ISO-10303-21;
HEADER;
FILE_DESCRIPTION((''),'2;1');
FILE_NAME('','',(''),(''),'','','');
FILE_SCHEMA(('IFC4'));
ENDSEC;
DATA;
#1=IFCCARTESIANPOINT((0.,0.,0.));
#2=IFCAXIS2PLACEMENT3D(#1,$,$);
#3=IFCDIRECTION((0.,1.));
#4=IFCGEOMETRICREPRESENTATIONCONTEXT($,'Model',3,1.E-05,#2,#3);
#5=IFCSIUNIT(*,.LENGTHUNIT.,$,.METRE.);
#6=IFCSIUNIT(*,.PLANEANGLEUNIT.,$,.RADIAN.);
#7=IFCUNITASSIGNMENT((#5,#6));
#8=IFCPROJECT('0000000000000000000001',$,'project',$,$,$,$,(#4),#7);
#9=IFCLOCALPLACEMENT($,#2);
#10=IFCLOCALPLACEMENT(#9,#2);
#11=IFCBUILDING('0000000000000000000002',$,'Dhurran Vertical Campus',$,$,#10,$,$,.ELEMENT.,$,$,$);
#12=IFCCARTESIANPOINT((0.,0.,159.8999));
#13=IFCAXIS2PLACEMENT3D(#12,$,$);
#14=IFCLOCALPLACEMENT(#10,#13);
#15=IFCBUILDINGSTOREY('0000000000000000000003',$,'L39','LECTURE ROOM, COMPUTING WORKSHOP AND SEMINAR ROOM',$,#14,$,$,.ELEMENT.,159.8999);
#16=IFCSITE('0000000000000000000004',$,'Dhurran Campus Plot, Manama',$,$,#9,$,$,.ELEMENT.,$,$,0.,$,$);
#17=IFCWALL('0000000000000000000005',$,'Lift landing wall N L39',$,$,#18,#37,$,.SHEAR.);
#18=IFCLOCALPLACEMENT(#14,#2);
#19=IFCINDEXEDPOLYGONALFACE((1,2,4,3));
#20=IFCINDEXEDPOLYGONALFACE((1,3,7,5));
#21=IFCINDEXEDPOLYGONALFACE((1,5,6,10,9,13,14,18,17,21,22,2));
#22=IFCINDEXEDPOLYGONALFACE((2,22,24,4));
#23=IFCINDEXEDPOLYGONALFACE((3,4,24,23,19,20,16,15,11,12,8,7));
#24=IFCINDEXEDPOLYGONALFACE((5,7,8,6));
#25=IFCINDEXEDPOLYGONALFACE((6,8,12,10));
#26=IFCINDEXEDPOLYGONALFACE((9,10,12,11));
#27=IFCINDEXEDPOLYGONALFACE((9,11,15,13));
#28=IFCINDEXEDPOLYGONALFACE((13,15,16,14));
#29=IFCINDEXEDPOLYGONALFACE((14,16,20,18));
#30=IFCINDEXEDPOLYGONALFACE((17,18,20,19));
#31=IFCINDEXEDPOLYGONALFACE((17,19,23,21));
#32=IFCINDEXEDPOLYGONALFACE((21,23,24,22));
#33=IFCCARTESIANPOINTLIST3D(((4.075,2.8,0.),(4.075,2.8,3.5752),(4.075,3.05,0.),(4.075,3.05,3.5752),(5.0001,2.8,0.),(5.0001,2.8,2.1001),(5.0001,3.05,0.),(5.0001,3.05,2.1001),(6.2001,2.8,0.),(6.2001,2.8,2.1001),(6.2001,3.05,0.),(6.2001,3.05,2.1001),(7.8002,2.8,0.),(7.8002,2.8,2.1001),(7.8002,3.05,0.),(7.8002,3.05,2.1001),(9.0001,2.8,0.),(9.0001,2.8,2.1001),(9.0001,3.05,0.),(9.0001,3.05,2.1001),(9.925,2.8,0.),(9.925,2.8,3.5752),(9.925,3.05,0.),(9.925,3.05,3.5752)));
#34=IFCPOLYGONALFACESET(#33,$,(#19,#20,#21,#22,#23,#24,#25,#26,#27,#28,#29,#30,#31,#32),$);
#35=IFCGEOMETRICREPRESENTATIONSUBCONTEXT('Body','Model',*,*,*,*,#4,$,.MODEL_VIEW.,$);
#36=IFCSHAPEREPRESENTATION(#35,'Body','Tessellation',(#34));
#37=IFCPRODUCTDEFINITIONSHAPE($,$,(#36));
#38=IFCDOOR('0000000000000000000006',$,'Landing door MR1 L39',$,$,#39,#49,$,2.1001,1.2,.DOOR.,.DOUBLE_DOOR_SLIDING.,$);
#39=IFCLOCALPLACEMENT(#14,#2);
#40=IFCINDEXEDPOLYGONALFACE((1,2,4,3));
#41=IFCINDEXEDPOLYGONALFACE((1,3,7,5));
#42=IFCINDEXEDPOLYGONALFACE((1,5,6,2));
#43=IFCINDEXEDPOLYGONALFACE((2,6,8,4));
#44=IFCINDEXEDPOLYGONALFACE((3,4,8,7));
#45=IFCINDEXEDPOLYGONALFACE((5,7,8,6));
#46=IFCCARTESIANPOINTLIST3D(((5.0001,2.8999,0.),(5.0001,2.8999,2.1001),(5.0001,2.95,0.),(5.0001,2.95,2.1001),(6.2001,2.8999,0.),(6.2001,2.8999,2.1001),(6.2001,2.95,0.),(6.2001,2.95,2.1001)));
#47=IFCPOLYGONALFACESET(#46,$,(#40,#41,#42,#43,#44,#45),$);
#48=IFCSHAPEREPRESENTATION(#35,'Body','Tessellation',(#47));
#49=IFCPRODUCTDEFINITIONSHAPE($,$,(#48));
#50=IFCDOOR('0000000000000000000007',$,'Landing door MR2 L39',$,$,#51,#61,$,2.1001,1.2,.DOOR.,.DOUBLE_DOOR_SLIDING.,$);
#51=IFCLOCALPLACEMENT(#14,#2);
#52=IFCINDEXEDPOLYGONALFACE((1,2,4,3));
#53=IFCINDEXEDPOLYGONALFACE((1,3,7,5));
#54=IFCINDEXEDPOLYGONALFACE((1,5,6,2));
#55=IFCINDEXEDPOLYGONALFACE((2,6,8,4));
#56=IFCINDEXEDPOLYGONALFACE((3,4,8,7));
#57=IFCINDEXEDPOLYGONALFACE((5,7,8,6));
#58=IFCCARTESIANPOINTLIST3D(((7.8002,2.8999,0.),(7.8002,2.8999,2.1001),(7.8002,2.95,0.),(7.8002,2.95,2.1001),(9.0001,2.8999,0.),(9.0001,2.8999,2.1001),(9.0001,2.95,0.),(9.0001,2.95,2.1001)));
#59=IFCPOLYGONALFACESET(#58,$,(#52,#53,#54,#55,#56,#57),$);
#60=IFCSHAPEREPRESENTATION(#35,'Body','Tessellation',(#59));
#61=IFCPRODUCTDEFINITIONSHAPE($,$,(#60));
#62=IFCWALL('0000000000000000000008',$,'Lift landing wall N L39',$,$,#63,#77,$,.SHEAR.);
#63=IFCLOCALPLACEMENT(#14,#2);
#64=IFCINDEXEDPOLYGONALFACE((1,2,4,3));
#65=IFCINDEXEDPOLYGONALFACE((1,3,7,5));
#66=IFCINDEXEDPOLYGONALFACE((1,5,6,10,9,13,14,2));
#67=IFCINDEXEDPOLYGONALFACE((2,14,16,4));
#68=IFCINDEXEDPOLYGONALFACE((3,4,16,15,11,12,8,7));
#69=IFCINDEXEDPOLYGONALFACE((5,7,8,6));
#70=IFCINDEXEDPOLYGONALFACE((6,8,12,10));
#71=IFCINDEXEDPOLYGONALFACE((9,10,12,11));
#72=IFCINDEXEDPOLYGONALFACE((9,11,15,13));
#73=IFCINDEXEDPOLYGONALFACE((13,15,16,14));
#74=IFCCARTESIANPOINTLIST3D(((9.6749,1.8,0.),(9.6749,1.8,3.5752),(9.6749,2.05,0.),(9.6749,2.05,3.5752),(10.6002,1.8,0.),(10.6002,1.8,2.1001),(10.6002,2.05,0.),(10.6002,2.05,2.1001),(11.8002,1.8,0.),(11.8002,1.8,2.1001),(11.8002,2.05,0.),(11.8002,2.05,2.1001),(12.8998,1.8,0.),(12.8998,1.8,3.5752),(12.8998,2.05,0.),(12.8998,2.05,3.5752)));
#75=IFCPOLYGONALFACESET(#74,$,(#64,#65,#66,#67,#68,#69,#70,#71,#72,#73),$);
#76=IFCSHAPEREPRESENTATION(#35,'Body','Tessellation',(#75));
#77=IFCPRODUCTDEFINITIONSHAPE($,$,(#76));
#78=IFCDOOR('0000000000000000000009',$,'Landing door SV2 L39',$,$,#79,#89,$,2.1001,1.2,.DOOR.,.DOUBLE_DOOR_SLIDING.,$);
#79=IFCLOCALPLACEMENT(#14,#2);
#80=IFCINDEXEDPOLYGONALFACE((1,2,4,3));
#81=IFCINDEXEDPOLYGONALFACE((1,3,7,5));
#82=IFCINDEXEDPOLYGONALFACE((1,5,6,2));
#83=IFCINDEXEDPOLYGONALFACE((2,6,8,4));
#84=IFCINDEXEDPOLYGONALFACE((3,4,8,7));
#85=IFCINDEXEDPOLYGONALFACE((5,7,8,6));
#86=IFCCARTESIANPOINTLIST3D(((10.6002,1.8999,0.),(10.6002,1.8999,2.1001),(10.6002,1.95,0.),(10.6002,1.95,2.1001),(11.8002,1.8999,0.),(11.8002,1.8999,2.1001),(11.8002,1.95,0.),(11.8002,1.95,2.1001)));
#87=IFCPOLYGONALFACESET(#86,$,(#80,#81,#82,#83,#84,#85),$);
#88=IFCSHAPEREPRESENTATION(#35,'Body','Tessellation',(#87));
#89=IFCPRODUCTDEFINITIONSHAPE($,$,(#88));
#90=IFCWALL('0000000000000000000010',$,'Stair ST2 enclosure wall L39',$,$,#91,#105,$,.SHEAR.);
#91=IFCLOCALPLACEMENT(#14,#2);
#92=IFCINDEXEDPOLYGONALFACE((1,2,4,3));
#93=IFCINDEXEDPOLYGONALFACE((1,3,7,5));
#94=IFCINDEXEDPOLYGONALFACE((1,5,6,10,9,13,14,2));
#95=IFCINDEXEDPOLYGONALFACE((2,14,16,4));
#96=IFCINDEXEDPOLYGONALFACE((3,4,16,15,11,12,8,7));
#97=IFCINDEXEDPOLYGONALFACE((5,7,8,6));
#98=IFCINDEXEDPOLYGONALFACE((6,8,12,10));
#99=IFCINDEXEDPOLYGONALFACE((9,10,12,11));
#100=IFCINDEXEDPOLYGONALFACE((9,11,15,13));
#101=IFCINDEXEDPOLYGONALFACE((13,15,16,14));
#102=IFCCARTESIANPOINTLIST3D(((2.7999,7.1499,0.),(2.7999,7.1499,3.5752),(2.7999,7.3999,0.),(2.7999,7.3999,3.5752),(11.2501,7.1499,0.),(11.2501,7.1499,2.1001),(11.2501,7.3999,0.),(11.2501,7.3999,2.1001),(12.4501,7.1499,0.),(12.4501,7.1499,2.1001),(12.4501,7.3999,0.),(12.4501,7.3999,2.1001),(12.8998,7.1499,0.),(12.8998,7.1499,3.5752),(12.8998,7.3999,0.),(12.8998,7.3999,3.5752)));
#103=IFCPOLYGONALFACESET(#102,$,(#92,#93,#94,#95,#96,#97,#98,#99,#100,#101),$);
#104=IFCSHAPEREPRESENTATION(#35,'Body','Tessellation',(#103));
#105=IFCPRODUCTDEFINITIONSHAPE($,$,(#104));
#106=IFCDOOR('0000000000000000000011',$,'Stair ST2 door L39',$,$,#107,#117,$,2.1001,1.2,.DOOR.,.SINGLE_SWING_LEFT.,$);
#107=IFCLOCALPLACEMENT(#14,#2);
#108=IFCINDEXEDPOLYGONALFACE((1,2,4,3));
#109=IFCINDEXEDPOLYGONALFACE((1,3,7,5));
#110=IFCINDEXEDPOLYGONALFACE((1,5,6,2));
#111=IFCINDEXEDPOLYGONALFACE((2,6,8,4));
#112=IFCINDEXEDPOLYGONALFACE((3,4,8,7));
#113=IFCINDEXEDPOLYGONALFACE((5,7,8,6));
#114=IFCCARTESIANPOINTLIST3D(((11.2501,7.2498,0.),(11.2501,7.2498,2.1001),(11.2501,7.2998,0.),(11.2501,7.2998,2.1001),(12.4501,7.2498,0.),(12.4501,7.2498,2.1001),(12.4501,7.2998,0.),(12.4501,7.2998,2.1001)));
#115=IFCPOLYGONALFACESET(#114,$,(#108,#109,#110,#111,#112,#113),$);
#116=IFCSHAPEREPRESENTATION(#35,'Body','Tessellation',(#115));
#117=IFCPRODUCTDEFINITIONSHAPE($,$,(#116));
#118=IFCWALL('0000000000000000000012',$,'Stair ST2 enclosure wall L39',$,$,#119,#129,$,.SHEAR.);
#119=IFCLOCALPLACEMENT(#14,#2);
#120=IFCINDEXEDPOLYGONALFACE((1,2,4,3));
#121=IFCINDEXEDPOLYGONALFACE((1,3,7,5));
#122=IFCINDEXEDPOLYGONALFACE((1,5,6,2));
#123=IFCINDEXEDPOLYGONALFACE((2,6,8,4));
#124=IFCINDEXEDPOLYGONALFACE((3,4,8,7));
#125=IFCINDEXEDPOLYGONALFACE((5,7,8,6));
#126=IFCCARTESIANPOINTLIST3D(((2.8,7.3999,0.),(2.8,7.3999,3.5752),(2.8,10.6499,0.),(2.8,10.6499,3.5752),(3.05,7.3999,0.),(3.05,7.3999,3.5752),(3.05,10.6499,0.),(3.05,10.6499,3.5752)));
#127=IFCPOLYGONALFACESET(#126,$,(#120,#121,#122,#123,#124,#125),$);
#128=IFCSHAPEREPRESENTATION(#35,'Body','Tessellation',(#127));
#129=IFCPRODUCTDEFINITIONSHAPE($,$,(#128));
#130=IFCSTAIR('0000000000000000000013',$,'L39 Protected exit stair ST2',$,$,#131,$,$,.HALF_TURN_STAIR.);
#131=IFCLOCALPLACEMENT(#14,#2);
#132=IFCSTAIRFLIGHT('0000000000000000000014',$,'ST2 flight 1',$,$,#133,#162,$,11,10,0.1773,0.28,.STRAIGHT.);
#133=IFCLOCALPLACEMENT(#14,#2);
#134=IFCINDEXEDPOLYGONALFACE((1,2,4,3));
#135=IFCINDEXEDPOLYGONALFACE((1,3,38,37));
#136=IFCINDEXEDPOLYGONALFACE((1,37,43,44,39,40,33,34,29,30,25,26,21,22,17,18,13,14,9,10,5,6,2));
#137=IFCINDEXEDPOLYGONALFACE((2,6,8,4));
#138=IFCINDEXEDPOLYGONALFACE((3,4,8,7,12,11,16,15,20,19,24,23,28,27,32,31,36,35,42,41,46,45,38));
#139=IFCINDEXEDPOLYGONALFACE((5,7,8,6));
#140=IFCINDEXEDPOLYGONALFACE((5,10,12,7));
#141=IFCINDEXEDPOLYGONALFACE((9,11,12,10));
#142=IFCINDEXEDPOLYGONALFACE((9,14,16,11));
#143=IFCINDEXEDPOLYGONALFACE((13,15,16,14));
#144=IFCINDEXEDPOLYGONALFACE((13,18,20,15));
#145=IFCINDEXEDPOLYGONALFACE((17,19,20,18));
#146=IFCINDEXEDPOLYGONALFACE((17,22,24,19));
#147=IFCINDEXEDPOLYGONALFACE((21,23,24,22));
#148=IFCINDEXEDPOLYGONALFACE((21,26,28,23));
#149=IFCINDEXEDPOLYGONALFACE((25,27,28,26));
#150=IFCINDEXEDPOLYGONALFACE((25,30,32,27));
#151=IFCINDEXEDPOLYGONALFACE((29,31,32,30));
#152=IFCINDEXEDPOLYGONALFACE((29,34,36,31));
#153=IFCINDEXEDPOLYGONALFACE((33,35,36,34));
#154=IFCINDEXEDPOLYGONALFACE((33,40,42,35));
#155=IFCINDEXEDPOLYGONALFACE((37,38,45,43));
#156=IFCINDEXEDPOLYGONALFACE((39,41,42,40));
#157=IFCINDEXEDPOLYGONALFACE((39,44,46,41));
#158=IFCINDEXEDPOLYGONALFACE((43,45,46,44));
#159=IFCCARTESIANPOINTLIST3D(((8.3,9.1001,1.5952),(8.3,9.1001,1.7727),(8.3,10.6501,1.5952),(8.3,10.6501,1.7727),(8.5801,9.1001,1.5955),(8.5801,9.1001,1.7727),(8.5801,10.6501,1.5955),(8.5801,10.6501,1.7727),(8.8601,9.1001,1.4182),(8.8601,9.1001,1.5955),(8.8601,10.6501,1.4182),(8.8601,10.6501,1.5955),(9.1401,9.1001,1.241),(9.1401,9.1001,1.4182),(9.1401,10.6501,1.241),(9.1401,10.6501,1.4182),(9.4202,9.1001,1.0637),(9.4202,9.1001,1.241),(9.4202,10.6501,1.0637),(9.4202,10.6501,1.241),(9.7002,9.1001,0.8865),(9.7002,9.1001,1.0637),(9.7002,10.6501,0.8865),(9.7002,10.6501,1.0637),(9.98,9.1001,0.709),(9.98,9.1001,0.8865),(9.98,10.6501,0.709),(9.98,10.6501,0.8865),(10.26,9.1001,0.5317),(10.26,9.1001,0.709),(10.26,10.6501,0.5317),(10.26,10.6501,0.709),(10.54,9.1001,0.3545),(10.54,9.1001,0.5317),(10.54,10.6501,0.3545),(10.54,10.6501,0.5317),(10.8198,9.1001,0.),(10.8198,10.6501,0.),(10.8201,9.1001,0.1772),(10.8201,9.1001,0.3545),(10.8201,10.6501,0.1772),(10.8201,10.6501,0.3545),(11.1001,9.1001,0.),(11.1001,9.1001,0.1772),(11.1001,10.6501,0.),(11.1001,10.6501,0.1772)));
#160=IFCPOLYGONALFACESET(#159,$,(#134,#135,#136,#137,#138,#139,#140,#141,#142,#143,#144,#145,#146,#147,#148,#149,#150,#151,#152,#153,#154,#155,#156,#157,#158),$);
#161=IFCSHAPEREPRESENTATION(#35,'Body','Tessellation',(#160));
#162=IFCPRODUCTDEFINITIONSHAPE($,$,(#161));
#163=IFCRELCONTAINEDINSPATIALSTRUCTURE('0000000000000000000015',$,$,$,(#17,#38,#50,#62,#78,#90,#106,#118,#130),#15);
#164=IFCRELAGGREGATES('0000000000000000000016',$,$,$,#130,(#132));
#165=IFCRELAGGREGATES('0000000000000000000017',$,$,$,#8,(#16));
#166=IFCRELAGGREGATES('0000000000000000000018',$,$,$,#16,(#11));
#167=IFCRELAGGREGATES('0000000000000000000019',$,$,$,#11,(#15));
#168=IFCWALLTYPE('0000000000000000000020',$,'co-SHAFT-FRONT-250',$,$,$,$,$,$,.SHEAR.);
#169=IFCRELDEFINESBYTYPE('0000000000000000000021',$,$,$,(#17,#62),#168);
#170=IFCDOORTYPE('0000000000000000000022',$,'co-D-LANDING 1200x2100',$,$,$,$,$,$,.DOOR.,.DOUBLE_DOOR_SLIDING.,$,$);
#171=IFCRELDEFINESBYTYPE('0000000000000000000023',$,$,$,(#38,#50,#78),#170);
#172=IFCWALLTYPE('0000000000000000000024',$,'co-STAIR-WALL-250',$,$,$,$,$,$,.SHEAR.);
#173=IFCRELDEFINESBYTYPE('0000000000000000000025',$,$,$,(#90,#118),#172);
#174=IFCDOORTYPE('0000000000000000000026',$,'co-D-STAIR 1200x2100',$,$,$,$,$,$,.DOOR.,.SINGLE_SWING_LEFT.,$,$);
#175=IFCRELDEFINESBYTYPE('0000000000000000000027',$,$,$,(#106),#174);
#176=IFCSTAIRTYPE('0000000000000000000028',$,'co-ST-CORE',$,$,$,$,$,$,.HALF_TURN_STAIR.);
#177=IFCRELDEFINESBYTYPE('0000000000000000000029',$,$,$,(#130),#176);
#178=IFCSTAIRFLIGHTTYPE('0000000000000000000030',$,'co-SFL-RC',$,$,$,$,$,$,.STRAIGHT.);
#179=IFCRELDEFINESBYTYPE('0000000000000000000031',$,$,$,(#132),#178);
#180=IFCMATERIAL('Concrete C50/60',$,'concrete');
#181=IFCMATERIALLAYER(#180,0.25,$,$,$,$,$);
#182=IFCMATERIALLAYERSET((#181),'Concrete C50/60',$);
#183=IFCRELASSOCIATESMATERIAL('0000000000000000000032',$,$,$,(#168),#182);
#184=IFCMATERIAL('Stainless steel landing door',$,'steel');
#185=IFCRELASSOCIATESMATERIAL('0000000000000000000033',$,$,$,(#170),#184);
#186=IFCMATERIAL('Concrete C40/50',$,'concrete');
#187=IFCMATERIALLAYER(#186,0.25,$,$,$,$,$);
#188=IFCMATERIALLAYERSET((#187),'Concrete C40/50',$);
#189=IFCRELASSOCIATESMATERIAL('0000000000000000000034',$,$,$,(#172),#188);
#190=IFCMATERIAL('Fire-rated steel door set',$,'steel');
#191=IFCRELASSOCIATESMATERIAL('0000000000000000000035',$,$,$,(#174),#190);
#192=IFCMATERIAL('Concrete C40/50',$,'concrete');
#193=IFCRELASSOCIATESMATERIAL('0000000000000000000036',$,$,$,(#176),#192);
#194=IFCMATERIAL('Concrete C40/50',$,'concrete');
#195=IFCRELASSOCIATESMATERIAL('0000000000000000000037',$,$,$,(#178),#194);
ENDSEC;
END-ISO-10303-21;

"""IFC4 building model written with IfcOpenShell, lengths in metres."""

from ifc_helpers import new_model, si_unit, direction, frame, frame_2d, origin, place, context, subcontext, project, spatial, polyline, rectangle, outline, extrude, material, layer, layer_set, type_object, element, fill, aggregate, save


model = new_model("IFC4")

# Units and contexts
model_context = context("Model", 3, precision=1e-05, world=origin(), true_north=direction((0.0, 1.0)))
body_context = subcontext(model_context, "Body", "Model", "MODEL_VIEW")
ifc_project = project(units=[si_unit("LENGTHUNIT", "METRE"), si_unit("PLANEANGLEUNIT", "RADIAN")], contexts=[model_context])

# Site, building, storey
site_placement = place(None, origin())
site = spatial("IfcSite", under=ifc_project, at=site_placement, Name="Dhurran Campus Plot, Manama", CompositionType="ELEMENT", RefElevation=0.0)
building_placement = place(site_placement, origin())
building = spatial("IfcBuilding", under=site, at=building_placement, Name="Dhurran Vertical Campus", CompositionType="ELEMENT")
storey_placement = place(building_placement, frame((0.0, 0.0, 159.8999)))
storey = spatial("IfcBuildingStorey", under=building, at=storey_placement, Name="L39", Description="LECTURE ROOM, COMPUTING WORKSHOP AND SEMINAR ROOM", CompositionType="ELEMENT", Elevation=159.8999)

# Wall, openings, doors
ifc_material_1 = material(Name="Concrete C50/60", Category="concrete")
ifc_layer_1 = layer(ifc_material_1, 0.25)
ifc_layer_set_1 = layer_set([ifc_layer_1], Name="Concrete C50/60")
wall_type_1 = type_object("IfcWallType", Name="co-SHAFT-FRONT-250", PredefinedType="SHEAR", material=ifc_layer_set_1)
wall_1_placement = place(storey_placement, frame((4.075, 2.925, 0.0), z_axis=(0.0, 0.0, 1.0), x_axis=(1.0, 0.0, 0.0)))
wall_1 = element("IfcWall", 1, at=wall_1_placement, inside=storey, type_object=wall_type_1, Name="Lift landing wall N L39", PredefinedType="SHEAR", context=body_context, shape_type="SweptSolid", body=[
    extrude(rectangle(XDim=5.8501, YDim=0.25, at=frame_2d((2.925, 0.0))), origin(), (0.0, 0.0, 1.0), 3.5752),
])
opening_1_placement = place(wall_1_placement, frame((0.925, 0.0, 0.0)))
opening_1 = element("IfcOpeningElement", 2, at=opening_1_placement, cuts=wall_1, PredefinedType="OPENING", context=body_context, shape_type="SweptSolid", body=[
    extrude(rectangle(XDim=1.2, YDim=2.1001, at=frame_2d((0.6001, 1.05))), frame((0.0, 0.135, 0.0), z_axis=(0.0, -1.0, 0.0), x_axis=(1.0, 0.0, 0.0)), (0.0, 0.0, 1.0), 0.27),
])
opening_2_placement = place(wall_1_placement, frame((3.7251, 0.0, 0.0)))
opening_2 = element("IfcOpeningElement", 3, at=opening_2_placement, cuts=wall_1, PredefinedType="OPENING", context=body_context, shape_type="SweptSolid", body=[
    extrude(rectangle(XDim=1.2, YDim=2.1001, at=frame_2d((0.6001, 1.05))), frame((0.0, 0.135, 0.0), z_axis=(0.0, -1.0, 0.0), x_axis=(1.0, 0.0, 0.0)), (0.0, 0.0, 1.0), 0.27),
])
ifc_material_2 = material(Name="Stainless steel landing door", Category="steel")
door_type_1 = type_object("IfcDoorType", Name="co-D-LANDING 1200x2100", OperationType="DOUBLE_DOOR_SLIDING", PredefinedType="DOOR", material=ifc_material_2)
door_1_placement = place(opening_1_placement, origin())
door_1 = element("IfcDoor", 4, at=door_1_placement, inside=storey, type_object=door_type_1, Name="Landing door MR1 L39", OperationType="DOUBLE_DOOR_SLIDING", OverallHeight=2.1001, OverallWidth=1.2, PredefinedType="DOOR", context=body_context, shape_type="SweptSolid", body=[
    extrude(rectangle(XDim=1.2, YDim=2.1001, at=frame_2d((0.6001, 1.05))), frame((0.0, 0.0249, 0.0), z_axis=(0.0, -1.0, 0.0), x_axis=(1.0, 0.0, 0.0)), (0.0, 0.0, 1.0), 0.05),
])
fill(opening_1, door_1)
door_2_placement = place(opening_2_placement, origin())
door_2 = element("IfcDoor", 5, at=door_2_placement, inside=storey, type_object=door_type_1, Name="Landing door MR2 L39", OperationType="DOUBLE_DOOR_SLIDING", OverallHeight=2.1001, OverallWidth=1.2, PredefinedType="DOOR", context=body_context, shape_type="SweptSolid", body=[
    extrude(rectangle(XDim=1.2, YDim=2.1001, at=frame_2d((0.6001, 1.05))), frame((0.0, 0.0249, 0.0), z_axis=(0.0, -1.0, 0.0), x_axis=(1.0, 0.0, 0.0)), (0.0, 0.0, 1.0), 0.05),
])
fill(opening_2, door_2)

# Walls, openings, doors
wall_2_placement = place(storey_placement, frame((9.675, 1.925, 0.0), z_axis=(0.0, 0.0, 1.0), x_axis=(1.0, 0.0, 0.0)))
wall_2 = element("IfcWall", 6, at=wall_2_placement, inside=storey, type_object=wall_type_1, Name="Lift landing wall N L39", PredefinedType="SHEAR", context=body_context, shape_type="SweptSolid", body=[
    extrude(rectangle(XDim=3.2249, YDim=0.25, at=frame_2d((1.6123, 0.0))), origin(), (0.0, 0.0, 1.0), 3.5752),
])
opening_3_placement = place(wall_2_placement, frame((0.925, 0.0, 0.0)))
opening_3 = element("IfcOpeningElement", 7, at=opening_3_placement, cuts=wall_2, PredefinedType="OPENING", context=body_context, shape_type="SweptSolid", body=[
    extrude(rectangle(XDim=1.2, YDim=2.1001, at=frame_2d((0.6001, 1.05))), frame((0.0, 0.135, 0.0), z_axis=(0.0, -1.0, 0.0), x_axis=(1.0, 0.0, 0.0)), (0.0, 0.0, 1.0), 0.27),
])
door_3_placement = place(opening_3_placement, origin())
door_3 = element("IfcDoor", 8, at=door_3_placement, inside=storey, type_object=door_type_1, Name="Landing door SV2 L39", OperationType="DOUBLE_DOOR_SLIDING", OverallHeight=2.1001, OverallWidth=1.2, PredefinedType="DOOR", context=body_context, shape_type="SweptSolid", body=[
    extrude(rectangle(XDim=1.2, YDim=2.1001, at=frame_2d((0.6001, 1.05))), frame((0.0, 0.0249, 0.0), z_axis=(0.0, -1.0, 0.0), x_axis=(1.0, 0.0, 0.0)), (0.0, 0.0, 1.0), 0.05),
])
fill(opening_3, door_3)
ifc_material_3 = material(Name="Concrete C40/50", Category="concrete")
ifc_layer_2 = layer(ifc_material_3, 0.25)
ifc_layer_set_2 = layer_set([ifc_layer_2], Name="Concrete C40/50")
wall_type_2 = type_object("IfcWallType", Name="co-STAIR-WALL-250", PredefinedType="SHEAR", material=ifc_layer_set_2)
wall_3_placement = place(storey_placement, frame((2.8, 7.2749, 0.0), z_axis=(0.0, 0.0, 1.0), x_axis=(1.0, 0.0, 0.0)))
wall_3 = element("IfcWall", 9, at=wall_3_placement, inside=storey, type_object=wall_type_2, Name="Stair ST2 enclosure wall L39", PredefinedType="SHEAR", context=body_context, shape_type="SweptSolid", body=[
    extrude(rectangle(XDim=10.0999, YDim=0.25, at=frame_2d((5.0498, 0.0))), origin(), (0.0, 0.0, 1.0), 3.5752),
])
opening_4_placement = place(wall_3_placement, frame((8.45, 0.0, 0.0)))
opening_4 = element("IfcOpeningElement", 10, at=opening_4_placement, cuts=wall_3, PredefinedType="OPENING", context=body_context, shape_type="SweptSolid", body=[
    extrude(rectangle(XDim=1.2, YDim=2.1001, at=frame_2d((0.6001, 1.05))), frame((0.0, 0.135, 0.0), z_axis=(0.0, -1.0, 0.0), x_axis=(1.0, 0.0, 0.0)), (0.0, 0.0, 1.0), 0.27),
])
ifc_material_4 = material(Name="Fire-rated steel door set", Category="steel")
door_type_2 = type_object("IfcDoorType", Name="co-D-STAIR 1200x2100", OperationType="SINGLE_SWING_LEFT", PredefinedType="DOOR", material=ifc_material_4)
door_4_placement = place(opening_4_placement, origin())
door_4 = element("IfcDoor", 11, at=door_4_placement, inside=storey, type_object=door_type_2, Name="Stair ST2 door L39", OperationType="SINGLE_SWING_LEFT", OverallHeight=2.1001, OverallWidth=1.2, PredefinedType="DOOR", context=body_context, shape_type="SweptSolid", body=[
    extrude(rectangle(XDim=1.2, YDim=2.1001, at=frame_2d((0.6001, 1.05))), frame((0.0, 0.0249, 0.0), z_axis=(0.0, -1.0, 0.0), x_axis=(1.0, 0.0, 0.0)), (0.0, 0.0, 1.0), 0.05),
])
fill(opening_4, door_4)

# Wall
wall_4_placement = place(storey_placement, frame((2.925, 7.3999, 0.0), z_axis=(0.0, 0.0, 1.0), x_axis=(0.0, 1.0, 0.0)))
element("IfcWall", 12, at=wall_4_placement, inside=storey, type_object=wall_type_2, Name="Stair ST2 enclosure wall L39", PredefinedType="SHEAR", context=body_context, shape_type="SweptSolid", body=[
    extrude(rectangle(XDim=3.25, YDim=0.25, at=frame_2d((1.625, 0.0))), origin(), (0.0, 0.0, 1.0), 3.5752),
])

# Stair, stair flight
ifc_material_5 = material(Name="Concrete C40/50", Category="concrete")
stair_type = type_object("IfcStairType", Name="co-ST-CORE", PredefinedType="HALF_TURN_STAIR", material=ifc_material_5)
stair_placement = place(storey_placement, origin())
stair = element("IfcStair", 13, at=stair_placement, inside=storey, type_object=stair_type, Name="L39 Protected exit stair ST2", PredefinedType="HALF_TURN_STAIR")
ifc_material_6 = material(Name="Concrete C40/50", Category="concrete")
stair_flight_type = type_object("IfcStairFlightType", Name="co-SFL-RC", PredefinedType="STRAIGHT", material=ifc_material_6)
stair_flight_1_placement = place(storey_placement, frame((11.1001, 9.875, 0.0), z_axis=(0.0, 0.0, 1.0), x_axis=(-1.0, 0.0, 0.0)))
stair_flight_1 = element("IfcStairFlight", 14, at=stair_flight_1_placement, type_object=stair_flight_type, Name="ST2 flight 1", NumberOfRisers=11, NumberOfTreads=10, PredefinedType="STRAIGHT", RiserHeight=0.1773, TreadLength=0.28, context=body_context, shape_type="SweptSolid", body=[
    extrude(outline(polyline([(0.0, 0.0), (0.0, 0.1772), (0.28, 0.1772), (0.28, 0.3545), (0.5601, 0.3545), (0.5601, 0.5317), (0.8401, 0.5317), (0.8401, 0.709), (1.1201, 0.709), (1.1201, 0.8865), (1.3999, 0.8865), (1.3999, 1.0637), (1.6799, 1.0637), (1.6799, 1.241), (1.96, 1.241), (1.96, 1.4182), (2.24, 1.4182), (2.24, 1.5955), (2.52, 1.5955), (2.52, 1.7727), (2.8, 1.7727), (2.8, 1.95), (2.8, 1.5952), (0.2803, 0.0), (0.0, 0.0)])), frame((0.0, 0.7749, 0.0), z_axis=(0.0, -1.0, 0.0), x_axis=(1.0, 0.0, 0.0)), (0.0, 0.0, 1.0), 1.55),
])
aggregate(stair, [stair_flight_1])

save(model, "model.ifc")
